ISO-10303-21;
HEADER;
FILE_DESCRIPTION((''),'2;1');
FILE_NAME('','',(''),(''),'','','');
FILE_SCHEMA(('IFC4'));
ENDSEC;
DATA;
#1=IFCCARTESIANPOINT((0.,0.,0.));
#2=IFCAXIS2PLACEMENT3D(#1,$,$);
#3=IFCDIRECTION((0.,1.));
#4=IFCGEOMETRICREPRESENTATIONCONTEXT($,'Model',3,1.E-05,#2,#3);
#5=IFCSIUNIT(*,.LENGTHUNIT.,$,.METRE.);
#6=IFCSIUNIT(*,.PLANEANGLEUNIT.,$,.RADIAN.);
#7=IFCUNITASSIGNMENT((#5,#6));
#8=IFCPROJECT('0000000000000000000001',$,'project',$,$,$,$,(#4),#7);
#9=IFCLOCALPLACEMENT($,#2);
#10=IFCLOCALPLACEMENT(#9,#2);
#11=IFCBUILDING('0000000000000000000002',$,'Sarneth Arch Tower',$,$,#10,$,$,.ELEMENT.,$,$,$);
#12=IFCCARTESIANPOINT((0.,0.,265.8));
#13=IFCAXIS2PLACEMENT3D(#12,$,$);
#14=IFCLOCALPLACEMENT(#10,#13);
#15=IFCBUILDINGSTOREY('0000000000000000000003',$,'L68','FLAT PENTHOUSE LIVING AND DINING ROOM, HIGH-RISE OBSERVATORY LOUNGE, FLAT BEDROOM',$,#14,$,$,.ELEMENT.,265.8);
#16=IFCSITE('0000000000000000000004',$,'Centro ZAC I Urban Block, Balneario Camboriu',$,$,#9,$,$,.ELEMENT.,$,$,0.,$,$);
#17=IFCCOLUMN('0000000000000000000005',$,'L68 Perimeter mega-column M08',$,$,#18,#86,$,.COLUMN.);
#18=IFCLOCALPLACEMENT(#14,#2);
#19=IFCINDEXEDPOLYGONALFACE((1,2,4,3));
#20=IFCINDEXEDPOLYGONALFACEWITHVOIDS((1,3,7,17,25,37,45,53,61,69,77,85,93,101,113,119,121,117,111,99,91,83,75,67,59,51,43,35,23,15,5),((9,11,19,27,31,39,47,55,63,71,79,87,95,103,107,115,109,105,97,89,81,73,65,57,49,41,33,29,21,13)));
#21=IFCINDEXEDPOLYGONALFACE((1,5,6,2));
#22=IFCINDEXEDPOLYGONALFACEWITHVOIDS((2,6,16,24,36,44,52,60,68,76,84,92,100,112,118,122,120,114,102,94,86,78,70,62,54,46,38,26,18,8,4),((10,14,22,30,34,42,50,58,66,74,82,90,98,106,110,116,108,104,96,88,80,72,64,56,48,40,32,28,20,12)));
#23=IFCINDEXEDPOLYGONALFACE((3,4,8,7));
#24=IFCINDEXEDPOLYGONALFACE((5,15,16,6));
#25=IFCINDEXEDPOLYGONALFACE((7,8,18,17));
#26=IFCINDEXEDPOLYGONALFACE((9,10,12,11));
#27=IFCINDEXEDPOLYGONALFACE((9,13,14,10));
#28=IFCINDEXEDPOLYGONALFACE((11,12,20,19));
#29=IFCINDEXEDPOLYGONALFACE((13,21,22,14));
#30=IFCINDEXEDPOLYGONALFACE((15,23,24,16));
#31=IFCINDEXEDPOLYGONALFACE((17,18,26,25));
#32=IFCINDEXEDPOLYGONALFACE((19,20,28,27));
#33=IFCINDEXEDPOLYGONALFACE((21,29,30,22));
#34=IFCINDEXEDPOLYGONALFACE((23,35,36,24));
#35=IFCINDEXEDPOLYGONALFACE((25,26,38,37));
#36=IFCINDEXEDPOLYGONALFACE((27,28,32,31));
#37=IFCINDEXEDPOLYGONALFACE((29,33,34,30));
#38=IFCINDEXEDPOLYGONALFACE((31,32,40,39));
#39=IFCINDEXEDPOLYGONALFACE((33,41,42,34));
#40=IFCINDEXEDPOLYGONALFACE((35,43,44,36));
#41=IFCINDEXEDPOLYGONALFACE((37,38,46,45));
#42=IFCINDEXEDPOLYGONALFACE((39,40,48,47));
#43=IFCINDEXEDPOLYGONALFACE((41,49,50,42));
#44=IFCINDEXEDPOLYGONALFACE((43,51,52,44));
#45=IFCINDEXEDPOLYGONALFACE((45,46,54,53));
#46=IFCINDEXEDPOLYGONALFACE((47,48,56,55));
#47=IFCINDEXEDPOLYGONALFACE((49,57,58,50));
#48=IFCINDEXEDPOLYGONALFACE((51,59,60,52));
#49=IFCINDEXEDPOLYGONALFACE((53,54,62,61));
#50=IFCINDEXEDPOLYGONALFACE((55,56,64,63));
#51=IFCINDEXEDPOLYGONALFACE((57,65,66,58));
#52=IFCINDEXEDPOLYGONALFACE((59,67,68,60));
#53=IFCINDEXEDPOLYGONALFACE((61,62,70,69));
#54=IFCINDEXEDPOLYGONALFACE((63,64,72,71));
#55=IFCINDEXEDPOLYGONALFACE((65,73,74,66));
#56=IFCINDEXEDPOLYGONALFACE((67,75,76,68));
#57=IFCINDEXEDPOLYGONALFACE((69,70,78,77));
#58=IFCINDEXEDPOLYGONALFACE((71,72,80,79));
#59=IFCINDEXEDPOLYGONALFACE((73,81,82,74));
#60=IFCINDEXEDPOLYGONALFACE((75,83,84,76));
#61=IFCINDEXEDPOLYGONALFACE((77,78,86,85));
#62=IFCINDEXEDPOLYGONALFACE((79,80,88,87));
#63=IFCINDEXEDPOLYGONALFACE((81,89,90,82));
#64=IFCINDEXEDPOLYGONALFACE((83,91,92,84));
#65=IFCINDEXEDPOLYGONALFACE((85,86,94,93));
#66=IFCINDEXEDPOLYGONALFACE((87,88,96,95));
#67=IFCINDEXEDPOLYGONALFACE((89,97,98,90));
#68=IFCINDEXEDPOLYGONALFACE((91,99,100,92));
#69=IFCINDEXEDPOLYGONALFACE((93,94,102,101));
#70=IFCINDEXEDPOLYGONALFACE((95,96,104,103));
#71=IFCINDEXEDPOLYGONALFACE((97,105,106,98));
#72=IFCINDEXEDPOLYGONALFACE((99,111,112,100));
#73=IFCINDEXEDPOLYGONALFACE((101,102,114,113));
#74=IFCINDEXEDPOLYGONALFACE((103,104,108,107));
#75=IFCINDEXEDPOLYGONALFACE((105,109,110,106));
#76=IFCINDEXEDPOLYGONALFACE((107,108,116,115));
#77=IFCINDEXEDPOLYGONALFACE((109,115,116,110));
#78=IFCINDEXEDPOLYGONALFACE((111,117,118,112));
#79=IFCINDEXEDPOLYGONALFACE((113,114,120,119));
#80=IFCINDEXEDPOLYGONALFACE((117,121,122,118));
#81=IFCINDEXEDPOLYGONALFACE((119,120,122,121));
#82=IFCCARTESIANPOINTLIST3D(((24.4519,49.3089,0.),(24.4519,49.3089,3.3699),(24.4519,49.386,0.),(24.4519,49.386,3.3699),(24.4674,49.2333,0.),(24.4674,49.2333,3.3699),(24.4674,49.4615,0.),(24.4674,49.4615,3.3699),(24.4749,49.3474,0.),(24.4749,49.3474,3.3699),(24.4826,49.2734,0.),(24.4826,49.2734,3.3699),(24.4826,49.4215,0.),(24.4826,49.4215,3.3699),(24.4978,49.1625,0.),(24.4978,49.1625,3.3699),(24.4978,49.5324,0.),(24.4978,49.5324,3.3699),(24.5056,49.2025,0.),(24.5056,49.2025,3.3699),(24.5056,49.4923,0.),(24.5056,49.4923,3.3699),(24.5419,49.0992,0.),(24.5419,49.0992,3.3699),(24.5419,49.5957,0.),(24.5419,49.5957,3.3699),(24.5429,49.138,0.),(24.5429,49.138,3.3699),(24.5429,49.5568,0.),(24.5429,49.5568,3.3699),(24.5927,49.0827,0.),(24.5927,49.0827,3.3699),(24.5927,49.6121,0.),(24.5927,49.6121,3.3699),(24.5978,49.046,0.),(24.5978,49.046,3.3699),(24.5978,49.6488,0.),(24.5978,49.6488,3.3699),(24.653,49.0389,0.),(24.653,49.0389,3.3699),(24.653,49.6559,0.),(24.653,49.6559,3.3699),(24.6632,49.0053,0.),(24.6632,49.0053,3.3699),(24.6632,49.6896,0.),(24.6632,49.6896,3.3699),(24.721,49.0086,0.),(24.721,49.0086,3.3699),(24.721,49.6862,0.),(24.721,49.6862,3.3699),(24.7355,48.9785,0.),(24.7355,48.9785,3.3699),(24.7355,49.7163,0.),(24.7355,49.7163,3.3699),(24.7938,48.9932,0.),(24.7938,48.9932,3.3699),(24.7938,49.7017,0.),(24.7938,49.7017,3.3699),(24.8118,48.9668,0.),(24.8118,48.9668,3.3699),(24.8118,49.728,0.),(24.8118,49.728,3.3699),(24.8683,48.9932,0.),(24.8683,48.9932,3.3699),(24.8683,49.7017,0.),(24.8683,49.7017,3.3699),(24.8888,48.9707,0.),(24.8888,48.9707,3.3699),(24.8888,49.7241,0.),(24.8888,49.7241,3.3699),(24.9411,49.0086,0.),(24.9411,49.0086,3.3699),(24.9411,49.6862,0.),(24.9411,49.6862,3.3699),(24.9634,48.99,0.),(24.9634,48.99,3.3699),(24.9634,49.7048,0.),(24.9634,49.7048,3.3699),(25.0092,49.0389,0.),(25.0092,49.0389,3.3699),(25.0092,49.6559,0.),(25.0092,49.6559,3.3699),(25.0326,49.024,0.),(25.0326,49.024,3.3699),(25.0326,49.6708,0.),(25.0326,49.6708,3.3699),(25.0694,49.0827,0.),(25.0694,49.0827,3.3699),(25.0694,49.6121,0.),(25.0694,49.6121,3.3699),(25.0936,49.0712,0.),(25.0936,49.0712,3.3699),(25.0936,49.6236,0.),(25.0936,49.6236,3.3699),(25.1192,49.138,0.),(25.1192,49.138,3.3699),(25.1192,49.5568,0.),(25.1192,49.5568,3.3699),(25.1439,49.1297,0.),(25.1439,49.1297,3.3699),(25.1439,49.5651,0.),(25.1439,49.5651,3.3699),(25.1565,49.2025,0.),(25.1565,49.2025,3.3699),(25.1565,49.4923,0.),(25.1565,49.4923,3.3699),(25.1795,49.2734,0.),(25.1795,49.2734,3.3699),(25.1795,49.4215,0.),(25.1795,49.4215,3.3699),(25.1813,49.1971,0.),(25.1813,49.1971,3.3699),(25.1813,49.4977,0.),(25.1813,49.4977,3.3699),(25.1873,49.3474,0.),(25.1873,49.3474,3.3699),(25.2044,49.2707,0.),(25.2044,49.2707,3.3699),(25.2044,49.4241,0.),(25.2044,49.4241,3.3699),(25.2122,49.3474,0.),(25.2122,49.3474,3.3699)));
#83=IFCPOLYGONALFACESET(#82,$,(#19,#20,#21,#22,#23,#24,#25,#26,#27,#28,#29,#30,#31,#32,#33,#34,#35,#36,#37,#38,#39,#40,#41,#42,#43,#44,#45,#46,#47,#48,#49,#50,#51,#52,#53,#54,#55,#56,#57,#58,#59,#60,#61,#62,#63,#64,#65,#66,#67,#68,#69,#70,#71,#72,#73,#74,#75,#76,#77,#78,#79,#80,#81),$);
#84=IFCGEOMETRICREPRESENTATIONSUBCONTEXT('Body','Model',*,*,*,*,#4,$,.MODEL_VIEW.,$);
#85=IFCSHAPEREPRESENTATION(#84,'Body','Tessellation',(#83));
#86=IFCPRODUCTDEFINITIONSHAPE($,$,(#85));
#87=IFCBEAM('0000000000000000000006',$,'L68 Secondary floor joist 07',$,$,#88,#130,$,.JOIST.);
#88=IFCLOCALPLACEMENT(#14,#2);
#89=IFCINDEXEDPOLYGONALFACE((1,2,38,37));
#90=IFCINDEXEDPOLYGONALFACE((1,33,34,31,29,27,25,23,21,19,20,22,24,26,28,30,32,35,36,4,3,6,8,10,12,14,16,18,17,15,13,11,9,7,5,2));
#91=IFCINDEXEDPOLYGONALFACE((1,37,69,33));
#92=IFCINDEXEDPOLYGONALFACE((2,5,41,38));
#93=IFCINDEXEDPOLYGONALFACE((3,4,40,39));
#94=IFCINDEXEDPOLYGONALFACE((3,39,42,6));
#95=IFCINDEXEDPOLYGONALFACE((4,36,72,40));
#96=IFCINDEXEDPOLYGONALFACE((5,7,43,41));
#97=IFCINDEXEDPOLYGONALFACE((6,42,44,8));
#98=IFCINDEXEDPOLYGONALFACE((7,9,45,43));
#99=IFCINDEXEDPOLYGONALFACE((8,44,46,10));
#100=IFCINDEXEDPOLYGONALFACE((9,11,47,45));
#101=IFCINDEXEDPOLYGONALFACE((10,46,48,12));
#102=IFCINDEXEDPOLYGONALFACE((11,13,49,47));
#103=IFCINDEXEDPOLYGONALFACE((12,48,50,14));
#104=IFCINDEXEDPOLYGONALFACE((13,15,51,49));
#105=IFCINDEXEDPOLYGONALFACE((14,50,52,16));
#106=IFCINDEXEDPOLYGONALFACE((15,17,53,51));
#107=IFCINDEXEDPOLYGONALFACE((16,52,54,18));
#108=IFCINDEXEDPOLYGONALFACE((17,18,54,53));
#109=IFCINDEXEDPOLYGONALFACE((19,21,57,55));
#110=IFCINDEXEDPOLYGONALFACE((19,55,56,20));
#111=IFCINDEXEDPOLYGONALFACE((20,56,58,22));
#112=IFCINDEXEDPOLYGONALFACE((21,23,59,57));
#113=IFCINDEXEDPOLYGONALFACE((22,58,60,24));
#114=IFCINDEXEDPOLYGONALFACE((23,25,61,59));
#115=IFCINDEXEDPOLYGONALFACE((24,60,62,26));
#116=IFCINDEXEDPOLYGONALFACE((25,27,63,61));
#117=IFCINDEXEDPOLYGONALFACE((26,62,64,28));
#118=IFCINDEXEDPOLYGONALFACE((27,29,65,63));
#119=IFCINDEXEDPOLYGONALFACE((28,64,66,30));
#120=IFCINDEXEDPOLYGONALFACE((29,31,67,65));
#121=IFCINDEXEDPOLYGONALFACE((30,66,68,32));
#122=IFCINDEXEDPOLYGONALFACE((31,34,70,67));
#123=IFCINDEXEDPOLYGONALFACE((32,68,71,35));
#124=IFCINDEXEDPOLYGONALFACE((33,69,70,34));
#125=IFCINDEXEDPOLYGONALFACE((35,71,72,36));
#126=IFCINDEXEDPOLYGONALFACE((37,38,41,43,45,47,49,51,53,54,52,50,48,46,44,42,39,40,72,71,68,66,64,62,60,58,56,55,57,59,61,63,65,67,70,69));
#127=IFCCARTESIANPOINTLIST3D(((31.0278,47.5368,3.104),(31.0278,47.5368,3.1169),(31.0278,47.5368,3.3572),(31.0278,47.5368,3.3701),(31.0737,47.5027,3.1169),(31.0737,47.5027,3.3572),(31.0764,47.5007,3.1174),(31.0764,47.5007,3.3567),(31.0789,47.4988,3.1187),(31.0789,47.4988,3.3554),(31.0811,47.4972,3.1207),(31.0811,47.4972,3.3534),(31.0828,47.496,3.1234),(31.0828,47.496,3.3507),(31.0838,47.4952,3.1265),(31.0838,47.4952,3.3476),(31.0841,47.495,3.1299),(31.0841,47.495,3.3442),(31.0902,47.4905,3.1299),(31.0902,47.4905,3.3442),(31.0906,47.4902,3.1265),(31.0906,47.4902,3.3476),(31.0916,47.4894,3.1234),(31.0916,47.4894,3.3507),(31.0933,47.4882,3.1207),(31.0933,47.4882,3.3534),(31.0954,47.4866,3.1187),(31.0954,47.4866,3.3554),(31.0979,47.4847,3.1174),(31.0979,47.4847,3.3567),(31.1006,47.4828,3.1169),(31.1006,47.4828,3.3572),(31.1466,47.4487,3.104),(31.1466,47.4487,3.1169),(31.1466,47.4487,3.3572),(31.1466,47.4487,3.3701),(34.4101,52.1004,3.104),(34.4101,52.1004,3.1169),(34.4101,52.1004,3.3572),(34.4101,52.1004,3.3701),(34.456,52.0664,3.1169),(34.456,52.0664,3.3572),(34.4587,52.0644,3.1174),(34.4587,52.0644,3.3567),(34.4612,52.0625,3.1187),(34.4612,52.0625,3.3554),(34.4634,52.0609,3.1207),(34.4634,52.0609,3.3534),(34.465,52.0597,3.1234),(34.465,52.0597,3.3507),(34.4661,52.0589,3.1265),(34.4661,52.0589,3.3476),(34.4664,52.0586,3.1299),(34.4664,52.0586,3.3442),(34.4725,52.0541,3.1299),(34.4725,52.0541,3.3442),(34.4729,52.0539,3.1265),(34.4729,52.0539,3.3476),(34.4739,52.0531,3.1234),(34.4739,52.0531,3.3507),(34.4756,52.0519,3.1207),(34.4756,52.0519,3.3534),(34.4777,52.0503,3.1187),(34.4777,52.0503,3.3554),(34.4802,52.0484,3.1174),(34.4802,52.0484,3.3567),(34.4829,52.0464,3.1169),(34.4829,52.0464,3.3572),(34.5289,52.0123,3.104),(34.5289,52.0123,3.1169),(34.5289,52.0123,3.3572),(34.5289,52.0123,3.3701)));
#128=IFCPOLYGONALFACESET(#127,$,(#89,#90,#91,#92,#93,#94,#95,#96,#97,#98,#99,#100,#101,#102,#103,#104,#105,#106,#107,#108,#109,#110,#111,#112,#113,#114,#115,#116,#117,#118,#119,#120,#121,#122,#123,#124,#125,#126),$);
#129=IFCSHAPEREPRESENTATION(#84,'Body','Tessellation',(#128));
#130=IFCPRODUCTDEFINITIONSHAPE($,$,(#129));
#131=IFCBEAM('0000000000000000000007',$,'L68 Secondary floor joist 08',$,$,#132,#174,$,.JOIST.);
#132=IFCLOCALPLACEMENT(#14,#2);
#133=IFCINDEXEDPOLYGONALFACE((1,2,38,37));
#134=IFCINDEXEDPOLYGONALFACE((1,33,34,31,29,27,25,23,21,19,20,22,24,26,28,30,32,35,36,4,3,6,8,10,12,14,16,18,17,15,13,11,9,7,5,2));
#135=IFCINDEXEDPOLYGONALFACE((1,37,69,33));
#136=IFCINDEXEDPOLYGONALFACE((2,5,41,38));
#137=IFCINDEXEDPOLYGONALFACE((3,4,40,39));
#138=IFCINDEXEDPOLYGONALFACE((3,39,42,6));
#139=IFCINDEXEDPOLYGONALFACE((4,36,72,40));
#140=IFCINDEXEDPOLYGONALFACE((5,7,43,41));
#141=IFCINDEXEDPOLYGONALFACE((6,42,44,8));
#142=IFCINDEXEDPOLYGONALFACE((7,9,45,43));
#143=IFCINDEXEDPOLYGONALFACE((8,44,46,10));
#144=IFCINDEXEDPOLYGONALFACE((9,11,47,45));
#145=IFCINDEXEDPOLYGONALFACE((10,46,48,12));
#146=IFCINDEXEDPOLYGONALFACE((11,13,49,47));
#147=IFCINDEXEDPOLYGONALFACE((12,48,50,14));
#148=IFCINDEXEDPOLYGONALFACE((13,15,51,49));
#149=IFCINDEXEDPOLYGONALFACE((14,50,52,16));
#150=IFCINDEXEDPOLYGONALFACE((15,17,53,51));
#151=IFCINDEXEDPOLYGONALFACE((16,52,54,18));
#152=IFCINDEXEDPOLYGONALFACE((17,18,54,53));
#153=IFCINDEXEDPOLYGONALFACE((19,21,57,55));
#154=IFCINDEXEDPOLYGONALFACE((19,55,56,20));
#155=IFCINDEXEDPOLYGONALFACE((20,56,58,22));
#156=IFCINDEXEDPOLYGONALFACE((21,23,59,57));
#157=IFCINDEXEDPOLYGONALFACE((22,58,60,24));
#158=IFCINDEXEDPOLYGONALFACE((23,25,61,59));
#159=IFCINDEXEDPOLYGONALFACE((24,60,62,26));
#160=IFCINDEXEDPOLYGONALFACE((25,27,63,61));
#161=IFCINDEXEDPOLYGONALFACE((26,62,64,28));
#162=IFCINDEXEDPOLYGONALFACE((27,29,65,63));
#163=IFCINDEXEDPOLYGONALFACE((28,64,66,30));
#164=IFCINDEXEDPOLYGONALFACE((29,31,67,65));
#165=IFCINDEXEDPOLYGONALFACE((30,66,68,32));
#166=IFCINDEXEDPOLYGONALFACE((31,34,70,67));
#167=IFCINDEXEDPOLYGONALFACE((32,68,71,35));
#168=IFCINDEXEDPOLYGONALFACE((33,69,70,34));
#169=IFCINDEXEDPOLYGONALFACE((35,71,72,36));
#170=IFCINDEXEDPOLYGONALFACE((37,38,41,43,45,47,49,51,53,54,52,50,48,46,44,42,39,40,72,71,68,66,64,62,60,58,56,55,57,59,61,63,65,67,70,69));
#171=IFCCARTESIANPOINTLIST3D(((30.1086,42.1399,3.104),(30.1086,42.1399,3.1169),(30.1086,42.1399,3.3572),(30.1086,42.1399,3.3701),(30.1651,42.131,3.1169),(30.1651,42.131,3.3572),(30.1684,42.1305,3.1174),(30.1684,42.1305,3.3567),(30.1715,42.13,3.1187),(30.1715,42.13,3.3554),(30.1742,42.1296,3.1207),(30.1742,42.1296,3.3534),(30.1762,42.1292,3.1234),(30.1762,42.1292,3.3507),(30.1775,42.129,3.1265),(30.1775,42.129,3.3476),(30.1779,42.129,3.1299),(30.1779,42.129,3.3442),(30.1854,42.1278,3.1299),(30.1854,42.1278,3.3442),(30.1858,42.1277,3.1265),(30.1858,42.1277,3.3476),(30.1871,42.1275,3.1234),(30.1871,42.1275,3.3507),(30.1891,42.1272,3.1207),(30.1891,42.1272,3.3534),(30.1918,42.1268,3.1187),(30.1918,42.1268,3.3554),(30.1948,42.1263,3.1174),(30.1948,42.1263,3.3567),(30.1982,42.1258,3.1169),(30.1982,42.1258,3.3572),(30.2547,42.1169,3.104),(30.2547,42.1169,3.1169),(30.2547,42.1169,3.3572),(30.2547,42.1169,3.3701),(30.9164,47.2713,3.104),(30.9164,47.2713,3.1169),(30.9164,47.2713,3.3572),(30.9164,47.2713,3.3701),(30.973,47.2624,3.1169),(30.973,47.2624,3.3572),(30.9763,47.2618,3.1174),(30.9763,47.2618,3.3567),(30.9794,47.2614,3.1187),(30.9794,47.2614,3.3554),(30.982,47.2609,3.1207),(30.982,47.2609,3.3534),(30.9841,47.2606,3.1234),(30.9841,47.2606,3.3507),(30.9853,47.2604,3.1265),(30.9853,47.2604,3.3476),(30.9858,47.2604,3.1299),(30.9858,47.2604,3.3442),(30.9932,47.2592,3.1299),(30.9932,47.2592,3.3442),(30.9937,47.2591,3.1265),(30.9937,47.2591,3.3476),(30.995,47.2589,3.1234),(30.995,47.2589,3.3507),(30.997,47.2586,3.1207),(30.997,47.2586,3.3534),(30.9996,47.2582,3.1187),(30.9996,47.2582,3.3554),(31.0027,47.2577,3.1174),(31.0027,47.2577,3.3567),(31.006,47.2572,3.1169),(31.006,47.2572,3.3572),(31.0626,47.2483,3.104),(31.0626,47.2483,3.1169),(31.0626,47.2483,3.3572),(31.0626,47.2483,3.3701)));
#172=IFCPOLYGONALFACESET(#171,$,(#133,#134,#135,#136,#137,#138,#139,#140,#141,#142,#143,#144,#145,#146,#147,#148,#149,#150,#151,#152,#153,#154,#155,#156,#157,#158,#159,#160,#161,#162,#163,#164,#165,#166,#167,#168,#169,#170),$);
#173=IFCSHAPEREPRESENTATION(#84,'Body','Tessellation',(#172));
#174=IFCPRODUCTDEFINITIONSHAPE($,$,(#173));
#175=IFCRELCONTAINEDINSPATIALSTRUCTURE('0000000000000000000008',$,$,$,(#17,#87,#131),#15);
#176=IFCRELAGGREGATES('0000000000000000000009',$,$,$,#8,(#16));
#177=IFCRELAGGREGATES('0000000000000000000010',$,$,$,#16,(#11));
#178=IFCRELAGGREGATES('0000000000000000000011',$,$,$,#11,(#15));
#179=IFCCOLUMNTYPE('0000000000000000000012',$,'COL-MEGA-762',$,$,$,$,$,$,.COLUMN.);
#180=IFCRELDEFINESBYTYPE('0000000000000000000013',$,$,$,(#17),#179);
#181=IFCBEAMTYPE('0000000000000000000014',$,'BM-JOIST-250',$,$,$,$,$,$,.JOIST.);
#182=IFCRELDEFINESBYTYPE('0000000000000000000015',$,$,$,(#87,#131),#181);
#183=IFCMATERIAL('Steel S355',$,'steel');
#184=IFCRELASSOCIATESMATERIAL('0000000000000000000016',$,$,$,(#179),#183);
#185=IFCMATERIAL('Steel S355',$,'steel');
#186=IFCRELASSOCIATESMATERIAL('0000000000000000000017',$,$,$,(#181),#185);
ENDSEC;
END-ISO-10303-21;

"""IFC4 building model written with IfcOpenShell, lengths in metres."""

from ifc_helpers import new_model, si_unit, direction, frame, origin, origin_2d, place, context, subcontext, project, spatial, hollow_circle, i_section, extrude, material, material_profile, profile_set, type_object, element, save


model = new_model("IFC4")

# Units and contexts
model_context = context("Model", 3, precision=1e-05, world=origin(), true_north=direction((0.0, 1.0)))
body_context = subcontext(model_context, "Body", "Model", "MODEL_VIEW")
ifc_project = project(units=[si_unit("LENGTHUNIT", "METRE"), si_unit("PLANEANGLEUNIT", "RADIAN")], contexts=[model_context])

# Site, building, storey
site_placement = place(None, origin())
site = spatial("IfcSite", under=ifc_project, at=site_placement, Name="Centro ZAC I Urban Block, Balneario Camboriu", CompositionType="ELEMENT", RefElevation=0.0)
building_placement = place(site_placement, origin())
building = spatial("IfcBuilding", under=site, at=building_placement, Name="Sarneth Arch Tower", CompositionType="ELEMENT")
storey_placement = place(building_placement, frame((0.0, 0.0, 265.8)))
storey = spatial("IfcBuildingStorey", under=building, at=storey_placement, Name="L68", Description="FLAT PENTHOUSE LIVING AND DINING ROOM, HIGH-RISE OBSERVATORY LOUNGE, FLAT BEDROOM", CompositionType="ELEMENT", Elevation=265.8)

# Column
ifc_material_1 = material(Name="Steel S355", Category="steel")
ifc_material_profile_1 = material_profile(ifc_material_1, hollow_circle(Radius=0.3811, WallThickness=0.0249, at=origin_2d()), Name="CHS762x25")
ifc_profile_set_1 = profile_set([ifc_material_profile_1], Name="Steel S355")
column_type = type_object("IfcColumnType", Name="COL-MEGA-762", PredefinedType="COLUMN", material=ifc_profile_set_1)
column_placement = place(storey_placement, frame((24.8311, 49.3474, 0.0), z_axis=(0.0, 0.0, 1.0), x_axis=(1.0, 0.0, 0.0)))
element("IfcColumn", 1, at=column_placement, inside=storey, type_object=column_type, Name="L68 Perimeter mega-column M08", PredefinedType="COLUMN", context=body_context, shape_type="SweptSolid", body=[
    extrude(hollow_circle(Radius=0.3811, WallThickness=0.0249, at=origin_2d()), origin(), (0.0, 0.0, 1.0), 3.3699),
])

# Beams
ifc_material_2 = material(Name="Steel S355", Category="steel")
ifc_material_profile_2 = material_profile(ifc_material_2, i_section(OverallWidth=0.1479, OverallDepth=0.2661, WebThickness=0.0076, FlangeThickness=0.0129, FilletRadius=0.0129, at=origin_2d()), Name="W250x44.8")
ifc_profile_set_2 = profile_set([ifc_material_profile_2], Name="Steel S355")
beam_type_1 = type_object("IfcBeamType", Name="BM-JOIST-250", PredefinedType="JOIST", material=ifc_profile_set_2)
beam_1_placement = place(storey_placement, frame((34.4695, 52.0564, 3.2371), z_axis=(-0.595431, -0.803406, 0.0), x_axis=(0.803406, -0.595431, 0.0)))
element("IfcBeam", 2, at=beam_1_placement, inside=storey, type_object=beam_type_1, Name="L68 Secondary floor joist 07", PredefinedType="JOIST", context=body_context, shape_type="SweptSolid", body=[
    extrude(i_section(OverallWidth=0.1479, OverallDepth=0.2661, WebThickness=0.0076, FlangeThickness=0.0129, FilletRadius=0.0129, at=origin_2d()), origin(), (0.0, 0.0, 1.0), 5.6804),
])
beam_2_placement = place(storey_placement, frame((30.9895, 47.2598, 3.2371), z_axis=(-0.155521, -0.987833, 0.0), x_axis=(0.987833, -0.155521, 0.0)))
element("IfcBeam", 3, at=beam_2_placement, inside=storey, type_object=beam_type_1, Name="L68 Secondary floor joist 08", PredefinedType="JOIST", context=body_context, shape_type="SweptSolid", body=[
    extrude(i_section(OverallWidth=0.1479, OverallDepth=0.2661, WebThickness=0.0076, FlangeThickness=0.0129, FilletRadius=0.0129, at=origin_2d()), origin(), (0.0, 0.0, 1.0), 5.1946),
])

save(model, "model.ifc")
